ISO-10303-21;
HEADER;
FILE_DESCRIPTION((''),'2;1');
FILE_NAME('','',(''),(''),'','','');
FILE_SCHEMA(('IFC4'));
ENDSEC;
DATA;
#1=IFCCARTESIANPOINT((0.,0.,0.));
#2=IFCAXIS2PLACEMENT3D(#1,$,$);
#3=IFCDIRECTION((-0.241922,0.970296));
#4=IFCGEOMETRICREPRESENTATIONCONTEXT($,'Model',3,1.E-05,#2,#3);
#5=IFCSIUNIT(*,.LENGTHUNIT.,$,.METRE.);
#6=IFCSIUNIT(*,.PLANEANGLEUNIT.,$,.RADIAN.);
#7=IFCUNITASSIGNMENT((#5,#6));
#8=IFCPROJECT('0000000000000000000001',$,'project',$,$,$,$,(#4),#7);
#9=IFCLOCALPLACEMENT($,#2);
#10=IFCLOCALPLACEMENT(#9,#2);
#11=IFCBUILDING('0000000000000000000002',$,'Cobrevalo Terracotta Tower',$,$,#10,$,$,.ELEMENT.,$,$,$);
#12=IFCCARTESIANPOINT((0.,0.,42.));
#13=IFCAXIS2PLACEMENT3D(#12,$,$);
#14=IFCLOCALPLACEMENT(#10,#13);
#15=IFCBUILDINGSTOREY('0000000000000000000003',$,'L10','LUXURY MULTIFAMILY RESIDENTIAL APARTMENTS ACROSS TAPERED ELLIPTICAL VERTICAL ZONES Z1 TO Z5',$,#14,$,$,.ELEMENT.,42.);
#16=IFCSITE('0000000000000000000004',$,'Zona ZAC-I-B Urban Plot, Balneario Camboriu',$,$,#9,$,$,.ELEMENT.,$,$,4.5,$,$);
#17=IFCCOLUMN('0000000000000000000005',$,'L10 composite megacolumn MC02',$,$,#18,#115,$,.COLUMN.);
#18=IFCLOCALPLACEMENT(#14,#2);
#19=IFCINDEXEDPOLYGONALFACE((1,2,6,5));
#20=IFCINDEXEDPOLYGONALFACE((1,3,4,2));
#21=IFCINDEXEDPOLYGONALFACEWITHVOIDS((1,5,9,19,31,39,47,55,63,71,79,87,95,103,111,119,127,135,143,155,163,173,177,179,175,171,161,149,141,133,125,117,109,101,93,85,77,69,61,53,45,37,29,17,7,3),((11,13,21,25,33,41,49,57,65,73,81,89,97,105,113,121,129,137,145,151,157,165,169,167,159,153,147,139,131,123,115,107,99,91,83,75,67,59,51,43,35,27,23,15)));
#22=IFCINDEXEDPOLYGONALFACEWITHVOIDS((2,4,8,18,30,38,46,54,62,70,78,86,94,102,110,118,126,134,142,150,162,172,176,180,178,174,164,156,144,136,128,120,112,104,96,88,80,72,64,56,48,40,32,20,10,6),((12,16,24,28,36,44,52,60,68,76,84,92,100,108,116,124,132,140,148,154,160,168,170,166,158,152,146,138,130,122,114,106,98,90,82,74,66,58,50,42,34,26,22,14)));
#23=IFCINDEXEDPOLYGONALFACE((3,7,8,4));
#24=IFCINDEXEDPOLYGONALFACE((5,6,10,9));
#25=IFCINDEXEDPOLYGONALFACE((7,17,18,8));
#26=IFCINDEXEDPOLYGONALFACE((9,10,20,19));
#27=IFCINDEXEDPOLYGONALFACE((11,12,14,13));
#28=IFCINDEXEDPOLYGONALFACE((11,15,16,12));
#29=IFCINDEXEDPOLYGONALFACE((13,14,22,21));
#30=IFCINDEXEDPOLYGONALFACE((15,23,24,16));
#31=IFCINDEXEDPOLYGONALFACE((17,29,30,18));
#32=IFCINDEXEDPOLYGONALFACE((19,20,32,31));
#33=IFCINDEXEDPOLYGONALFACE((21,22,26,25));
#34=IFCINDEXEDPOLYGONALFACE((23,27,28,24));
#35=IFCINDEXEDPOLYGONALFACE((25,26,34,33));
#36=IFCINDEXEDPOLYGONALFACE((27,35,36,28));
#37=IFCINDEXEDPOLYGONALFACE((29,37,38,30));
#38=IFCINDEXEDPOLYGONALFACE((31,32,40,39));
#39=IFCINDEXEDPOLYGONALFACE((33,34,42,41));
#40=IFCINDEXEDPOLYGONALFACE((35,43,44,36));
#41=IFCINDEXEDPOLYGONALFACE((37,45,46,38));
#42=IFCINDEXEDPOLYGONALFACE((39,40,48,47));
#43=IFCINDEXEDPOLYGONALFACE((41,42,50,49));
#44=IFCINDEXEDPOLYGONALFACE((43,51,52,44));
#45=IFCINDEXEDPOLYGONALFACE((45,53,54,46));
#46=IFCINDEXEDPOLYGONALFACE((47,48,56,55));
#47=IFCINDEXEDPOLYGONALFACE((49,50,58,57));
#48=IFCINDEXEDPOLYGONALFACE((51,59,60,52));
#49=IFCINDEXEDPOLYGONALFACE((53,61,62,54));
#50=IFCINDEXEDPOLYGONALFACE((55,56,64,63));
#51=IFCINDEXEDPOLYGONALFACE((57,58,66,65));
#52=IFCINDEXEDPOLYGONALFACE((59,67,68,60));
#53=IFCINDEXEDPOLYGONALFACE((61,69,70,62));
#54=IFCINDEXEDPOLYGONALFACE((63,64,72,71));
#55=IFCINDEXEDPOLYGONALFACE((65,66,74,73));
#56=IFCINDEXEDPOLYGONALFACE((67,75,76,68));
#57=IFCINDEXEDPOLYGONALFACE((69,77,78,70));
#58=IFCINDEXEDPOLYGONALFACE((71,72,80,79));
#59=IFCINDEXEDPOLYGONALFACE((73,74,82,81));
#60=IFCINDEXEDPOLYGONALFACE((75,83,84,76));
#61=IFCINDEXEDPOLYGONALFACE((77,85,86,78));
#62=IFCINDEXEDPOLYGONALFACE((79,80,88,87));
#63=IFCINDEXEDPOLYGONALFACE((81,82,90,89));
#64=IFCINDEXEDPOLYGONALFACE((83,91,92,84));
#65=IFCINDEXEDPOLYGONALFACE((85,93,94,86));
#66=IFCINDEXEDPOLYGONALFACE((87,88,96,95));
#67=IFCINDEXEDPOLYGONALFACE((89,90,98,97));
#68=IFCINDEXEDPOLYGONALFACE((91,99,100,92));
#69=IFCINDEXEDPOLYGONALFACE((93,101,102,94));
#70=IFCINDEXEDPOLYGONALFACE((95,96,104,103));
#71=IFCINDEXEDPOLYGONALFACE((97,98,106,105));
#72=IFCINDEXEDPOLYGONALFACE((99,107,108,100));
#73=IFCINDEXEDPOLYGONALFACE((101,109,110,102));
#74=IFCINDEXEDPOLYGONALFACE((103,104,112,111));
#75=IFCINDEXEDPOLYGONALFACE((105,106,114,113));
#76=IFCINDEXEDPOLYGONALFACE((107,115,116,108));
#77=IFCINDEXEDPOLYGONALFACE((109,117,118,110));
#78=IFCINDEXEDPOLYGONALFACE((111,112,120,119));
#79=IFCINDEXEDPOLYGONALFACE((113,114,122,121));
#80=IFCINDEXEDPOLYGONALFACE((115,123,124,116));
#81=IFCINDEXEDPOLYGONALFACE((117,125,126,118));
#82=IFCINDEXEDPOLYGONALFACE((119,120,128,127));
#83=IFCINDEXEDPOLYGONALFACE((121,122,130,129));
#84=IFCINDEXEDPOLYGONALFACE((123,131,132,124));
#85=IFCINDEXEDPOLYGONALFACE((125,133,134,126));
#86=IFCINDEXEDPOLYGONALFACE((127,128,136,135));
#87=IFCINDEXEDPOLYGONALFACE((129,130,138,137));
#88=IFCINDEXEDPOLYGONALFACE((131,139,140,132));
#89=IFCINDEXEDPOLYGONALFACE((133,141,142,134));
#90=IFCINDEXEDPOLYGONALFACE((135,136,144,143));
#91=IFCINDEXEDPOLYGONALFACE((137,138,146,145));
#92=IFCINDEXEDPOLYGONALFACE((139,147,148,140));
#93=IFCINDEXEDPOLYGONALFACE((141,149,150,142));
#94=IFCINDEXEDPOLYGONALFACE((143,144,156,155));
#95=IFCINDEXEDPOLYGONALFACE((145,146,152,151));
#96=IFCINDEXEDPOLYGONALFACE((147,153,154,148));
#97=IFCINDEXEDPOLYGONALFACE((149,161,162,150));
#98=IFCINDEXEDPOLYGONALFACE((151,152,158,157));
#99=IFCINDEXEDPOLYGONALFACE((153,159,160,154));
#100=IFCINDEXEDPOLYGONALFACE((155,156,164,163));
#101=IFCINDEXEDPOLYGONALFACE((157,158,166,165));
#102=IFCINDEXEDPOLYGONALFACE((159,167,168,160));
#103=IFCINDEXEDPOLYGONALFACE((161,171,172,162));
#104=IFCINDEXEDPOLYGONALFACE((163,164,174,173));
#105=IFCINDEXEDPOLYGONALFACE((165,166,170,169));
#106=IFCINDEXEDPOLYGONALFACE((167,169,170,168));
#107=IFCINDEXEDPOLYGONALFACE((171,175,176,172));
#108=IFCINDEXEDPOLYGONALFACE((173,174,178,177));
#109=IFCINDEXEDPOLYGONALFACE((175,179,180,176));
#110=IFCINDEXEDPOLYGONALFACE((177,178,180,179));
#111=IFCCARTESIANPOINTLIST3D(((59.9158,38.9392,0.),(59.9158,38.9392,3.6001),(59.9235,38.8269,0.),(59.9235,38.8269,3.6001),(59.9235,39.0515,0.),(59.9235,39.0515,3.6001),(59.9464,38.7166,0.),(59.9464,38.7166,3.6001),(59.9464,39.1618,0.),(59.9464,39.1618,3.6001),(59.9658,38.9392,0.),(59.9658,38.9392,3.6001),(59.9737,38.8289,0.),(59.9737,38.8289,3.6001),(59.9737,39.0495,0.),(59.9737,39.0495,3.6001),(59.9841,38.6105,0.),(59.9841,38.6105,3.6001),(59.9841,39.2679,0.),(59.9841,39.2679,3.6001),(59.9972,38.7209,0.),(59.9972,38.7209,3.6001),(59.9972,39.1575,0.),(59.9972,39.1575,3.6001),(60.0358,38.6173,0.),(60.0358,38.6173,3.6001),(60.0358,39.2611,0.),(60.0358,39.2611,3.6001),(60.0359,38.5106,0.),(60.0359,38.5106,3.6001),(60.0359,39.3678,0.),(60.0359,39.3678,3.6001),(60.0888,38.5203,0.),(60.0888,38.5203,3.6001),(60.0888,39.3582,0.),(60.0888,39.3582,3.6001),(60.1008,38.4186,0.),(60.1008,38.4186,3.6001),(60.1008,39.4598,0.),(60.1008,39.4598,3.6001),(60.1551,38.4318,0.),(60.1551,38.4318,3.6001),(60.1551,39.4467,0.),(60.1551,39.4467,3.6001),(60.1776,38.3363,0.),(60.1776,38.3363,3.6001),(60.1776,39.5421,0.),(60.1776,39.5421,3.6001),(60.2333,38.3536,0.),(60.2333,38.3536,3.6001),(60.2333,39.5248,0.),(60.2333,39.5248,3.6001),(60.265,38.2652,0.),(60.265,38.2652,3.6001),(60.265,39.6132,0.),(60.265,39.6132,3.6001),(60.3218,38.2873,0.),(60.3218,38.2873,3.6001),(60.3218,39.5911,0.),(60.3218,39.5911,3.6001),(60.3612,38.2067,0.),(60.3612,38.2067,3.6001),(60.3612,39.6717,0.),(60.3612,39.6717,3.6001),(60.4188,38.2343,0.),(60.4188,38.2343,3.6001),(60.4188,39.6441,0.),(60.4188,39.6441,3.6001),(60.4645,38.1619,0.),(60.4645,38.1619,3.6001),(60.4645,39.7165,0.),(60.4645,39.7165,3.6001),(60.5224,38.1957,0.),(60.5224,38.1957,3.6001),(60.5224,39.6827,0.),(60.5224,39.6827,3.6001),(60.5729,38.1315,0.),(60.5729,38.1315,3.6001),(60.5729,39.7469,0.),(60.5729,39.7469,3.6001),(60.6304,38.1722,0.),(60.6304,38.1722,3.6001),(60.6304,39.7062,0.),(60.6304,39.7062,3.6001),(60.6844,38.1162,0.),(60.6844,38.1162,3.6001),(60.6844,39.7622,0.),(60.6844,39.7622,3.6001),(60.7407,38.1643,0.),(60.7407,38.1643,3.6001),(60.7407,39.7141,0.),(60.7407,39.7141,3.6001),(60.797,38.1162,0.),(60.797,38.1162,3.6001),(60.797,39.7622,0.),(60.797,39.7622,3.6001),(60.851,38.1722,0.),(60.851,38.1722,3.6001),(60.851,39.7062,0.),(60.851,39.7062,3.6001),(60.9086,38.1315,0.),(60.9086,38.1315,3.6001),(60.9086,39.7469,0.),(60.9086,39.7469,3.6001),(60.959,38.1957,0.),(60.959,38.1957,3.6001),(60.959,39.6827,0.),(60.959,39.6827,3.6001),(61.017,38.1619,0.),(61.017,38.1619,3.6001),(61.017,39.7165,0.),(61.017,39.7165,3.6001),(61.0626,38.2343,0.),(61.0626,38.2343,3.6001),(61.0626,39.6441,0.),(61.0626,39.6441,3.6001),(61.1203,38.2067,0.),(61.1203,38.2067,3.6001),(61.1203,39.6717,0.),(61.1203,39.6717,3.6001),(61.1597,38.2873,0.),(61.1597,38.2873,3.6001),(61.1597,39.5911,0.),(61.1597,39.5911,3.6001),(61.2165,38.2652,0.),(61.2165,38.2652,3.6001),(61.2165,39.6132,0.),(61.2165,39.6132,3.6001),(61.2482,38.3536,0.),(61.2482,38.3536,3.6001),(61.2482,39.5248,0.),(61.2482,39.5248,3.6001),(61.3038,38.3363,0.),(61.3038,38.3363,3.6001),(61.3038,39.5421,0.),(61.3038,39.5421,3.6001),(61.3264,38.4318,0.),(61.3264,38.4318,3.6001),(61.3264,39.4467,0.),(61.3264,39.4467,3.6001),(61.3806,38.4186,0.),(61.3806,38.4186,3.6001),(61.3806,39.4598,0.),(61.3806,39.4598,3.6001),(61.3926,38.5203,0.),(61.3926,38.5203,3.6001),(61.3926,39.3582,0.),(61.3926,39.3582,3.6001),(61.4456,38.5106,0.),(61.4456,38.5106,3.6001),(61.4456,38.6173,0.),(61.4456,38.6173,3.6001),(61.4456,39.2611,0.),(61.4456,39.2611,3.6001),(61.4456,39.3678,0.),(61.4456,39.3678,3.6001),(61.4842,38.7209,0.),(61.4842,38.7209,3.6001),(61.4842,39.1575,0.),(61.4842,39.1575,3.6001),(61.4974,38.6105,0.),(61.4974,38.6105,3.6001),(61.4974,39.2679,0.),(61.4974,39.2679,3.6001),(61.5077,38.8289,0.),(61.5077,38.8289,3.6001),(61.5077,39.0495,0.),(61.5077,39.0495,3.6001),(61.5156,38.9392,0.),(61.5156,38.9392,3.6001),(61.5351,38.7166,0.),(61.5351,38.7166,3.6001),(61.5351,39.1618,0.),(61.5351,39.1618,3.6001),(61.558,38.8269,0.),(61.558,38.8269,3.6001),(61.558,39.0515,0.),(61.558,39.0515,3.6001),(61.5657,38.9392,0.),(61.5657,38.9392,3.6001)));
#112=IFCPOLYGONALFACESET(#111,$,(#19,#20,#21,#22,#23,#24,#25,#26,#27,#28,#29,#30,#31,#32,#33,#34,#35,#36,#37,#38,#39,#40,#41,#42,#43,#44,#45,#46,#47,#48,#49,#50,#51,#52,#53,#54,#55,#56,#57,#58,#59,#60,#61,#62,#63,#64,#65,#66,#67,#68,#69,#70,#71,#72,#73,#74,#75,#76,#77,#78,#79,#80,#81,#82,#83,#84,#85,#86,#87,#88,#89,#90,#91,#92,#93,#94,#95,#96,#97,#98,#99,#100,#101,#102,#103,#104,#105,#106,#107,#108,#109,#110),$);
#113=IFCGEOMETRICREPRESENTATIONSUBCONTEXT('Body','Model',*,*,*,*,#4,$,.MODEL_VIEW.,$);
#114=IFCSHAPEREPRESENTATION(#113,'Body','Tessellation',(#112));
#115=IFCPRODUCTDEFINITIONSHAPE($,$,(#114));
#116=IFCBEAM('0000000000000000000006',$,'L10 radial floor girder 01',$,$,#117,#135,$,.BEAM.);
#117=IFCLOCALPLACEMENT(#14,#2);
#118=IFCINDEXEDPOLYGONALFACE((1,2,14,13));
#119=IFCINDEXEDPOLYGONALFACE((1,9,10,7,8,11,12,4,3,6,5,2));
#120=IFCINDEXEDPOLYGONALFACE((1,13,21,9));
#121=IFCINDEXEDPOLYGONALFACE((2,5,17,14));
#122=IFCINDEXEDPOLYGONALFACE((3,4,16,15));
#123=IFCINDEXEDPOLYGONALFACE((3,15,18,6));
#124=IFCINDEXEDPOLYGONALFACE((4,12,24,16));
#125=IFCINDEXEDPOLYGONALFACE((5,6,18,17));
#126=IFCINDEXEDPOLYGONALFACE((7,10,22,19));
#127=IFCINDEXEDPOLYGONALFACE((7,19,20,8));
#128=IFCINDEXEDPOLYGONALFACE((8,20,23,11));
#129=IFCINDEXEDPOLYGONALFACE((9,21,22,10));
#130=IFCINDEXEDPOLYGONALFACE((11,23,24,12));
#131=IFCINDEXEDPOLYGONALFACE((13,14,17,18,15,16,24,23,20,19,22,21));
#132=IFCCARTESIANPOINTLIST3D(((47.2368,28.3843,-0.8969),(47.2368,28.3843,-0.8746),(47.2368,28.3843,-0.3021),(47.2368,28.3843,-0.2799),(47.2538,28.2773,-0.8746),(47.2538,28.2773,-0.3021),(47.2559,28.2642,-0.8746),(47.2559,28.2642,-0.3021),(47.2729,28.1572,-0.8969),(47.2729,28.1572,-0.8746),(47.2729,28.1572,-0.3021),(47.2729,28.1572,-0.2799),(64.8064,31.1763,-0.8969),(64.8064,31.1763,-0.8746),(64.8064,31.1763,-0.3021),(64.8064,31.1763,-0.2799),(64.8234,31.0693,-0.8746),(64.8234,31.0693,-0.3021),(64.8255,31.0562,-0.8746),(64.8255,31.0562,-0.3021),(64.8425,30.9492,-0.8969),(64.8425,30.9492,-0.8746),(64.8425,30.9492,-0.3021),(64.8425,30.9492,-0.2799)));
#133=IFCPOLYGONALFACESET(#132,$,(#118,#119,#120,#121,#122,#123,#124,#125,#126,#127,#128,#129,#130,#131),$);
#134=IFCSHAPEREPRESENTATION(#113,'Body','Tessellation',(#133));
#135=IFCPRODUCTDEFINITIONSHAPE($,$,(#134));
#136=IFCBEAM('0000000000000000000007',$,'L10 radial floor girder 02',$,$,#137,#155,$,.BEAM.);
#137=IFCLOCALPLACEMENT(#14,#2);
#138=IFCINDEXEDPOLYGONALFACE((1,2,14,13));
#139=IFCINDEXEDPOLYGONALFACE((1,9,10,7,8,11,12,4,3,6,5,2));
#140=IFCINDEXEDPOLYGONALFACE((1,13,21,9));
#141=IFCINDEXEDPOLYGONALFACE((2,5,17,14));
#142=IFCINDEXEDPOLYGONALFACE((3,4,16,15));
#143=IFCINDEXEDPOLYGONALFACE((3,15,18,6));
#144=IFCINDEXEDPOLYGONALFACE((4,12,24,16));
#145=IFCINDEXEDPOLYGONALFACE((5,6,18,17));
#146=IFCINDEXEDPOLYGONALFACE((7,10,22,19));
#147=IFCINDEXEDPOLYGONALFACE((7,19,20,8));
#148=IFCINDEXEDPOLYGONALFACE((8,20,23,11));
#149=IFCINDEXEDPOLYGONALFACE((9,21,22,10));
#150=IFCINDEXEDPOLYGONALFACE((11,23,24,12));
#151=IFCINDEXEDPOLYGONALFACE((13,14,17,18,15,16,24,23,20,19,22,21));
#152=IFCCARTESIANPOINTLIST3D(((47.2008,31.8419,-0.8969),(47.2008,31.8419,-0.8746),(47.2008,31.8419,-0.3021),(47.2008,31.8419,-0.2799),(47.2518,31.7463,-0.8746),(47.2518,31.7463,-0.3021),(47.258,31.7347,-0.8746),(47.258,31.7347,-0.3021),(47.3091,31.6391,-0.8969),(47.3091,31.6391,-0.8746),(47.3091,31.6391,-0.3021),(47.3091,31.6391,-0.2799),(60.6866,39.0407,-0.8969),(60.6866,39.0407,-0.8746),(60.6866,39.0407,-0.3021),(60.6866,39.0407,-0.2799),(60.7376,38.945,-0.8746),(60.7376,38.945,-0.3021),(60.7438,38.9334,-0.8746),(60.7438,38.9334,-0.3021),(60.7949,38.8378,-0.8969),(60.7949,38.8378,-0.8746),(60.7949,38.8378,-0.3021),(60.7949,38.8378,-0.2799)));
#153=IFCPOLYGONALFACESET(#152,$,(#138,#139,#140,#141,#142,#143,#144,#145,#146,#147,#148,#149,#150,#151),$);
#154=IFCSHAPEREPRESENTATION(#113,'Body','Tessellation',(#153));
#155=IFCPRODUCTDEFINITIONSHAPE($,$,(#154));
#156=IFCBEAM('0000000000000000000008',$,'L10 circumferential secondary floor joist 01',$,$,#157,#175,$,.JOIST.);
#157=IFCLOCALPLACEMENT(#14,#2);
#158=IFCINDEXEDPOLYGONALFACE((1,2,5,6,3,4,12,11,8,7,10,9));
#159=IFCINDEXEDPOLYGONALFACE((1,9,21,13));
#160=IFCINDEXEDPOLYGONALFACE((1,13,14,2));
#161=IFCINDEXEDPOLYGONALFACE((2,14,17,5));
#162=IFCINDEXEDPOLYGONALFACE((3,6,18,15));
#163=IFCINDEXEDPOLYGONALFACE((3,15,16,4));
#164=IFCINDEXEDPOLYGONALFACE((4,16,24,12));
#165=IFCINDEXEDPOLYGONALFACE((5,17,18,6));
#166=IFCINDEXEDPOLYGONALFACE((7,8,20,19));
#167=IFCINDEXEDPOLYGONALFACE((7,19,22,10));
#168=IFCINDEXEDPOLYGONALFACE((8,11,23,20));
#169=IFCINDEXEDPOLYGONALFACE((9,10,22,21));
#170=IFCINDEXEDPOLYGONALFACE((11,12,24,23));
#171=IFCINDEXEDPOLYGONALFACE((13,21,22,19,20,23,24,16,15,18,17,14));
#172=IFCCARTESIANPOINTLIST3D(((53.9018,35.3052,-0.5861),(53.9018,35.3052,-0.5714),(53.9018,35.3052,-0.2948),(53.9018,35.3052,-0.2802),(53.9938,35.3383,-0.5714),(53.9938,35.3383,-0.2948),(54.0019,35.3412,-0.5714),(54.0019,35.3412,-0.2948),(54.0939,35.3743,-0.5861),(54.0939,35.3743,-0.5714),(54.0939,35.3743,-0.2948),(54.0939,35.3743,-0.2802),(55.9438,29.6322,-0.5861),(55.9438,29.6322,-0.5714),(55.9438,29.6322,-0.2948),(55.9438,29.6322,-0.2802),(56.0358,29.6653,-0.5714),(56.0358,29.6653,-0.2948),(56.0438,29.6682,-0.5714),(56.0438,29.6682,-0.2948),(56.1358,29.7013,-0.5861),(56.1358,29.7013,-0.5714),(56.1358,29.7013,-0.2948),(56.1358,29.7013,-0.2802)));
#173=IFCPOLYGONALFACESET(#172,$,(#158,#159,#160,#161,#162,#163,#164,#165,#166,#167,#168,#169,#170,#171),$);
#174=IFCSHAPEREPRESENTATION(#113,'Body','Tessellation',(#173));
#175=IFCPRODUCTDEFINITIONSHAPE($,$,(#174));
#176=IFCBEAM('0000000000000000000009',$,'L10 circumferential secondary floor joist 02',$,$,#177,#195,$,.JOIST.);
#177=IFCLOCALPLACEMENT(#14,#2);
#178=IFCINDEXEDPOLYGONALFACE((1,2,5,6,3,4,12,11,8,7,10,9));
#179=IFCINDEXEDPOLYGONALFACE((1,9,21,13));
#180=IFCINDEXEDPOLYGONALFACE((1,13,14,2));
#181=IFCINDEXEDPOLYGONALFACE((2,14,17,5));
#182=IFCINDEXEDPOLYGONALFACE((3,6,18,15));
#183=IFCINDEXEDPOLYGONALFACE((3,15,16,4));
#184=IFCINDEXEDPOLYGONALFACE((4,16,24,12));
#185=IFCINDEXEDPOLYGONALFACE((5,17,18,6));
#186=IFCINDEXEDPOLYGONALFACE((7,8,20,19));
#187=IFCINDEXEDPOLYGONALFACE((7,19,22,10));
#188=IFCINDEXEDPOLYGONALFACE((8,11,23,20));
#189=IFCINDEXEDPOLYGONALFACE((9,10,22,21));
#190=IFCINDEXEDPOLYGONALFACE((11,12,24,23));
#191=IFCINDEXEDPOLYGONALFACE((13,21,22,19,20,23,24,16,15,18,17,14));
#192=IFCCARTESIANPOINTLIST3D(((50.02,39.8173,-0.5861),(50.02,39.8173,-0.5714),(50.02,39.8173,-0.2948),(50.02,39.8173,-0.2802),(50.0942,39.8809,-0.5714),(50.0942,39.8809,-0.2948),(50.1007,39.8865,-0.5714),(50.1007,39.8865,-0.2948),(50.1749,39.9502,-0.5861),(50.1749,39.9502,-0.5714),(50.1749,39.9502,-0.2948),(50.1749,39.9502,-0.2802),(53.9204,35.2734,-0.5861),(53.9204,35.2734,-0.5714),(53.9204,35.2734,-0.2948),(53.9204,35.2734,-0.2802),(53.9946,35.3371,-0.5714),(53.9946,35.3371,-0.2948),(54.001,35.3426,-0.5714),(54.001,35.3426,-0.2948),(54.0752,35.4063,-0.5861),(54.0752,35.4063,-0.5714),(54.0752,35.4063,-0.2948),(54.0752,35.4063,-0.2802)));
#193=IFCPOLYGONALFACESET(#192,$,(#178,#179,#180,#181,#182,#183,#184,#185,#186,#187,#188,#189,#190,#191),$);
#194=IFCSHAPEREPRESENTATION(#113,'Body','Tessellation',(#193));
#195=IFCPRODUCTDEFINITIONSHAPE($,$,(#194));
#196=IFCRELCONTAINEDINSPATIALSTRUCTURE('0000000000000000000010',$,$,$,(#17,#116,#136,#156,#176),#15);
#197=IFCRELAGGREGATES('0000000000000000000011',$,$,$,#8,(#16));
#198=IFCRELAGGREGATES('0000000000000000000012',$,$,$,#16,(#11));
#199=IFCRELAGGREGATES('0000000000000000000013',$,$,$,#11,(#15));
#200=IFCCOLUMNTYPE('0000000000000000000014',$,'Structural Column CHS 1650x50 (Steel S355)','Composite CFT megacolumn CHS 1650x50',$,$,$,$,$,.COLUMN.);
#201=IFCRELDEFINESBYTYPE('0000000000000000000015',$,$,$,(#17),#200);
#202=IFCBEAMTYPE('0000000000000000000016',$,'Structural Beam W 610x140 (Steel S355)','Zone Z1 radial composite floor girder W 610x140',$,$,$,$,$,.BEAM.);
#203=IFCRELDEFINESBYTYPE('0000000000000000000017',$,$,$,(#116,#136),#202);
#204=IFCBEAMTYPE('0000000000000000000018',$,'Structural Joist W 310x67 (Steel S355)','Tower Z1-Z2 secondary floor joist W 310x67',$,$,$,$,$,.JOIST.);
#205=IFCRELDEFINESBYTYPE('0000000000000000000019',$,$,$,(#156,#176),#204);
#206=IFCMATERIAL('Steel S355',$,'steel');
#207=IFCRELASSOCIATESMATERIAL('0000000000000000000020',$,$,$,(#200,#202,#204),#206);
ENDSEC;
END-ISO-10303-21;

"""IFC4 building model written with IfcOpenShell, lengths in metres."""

from ifc_helpers import new_model, si_unit, direction, frame, origin, origin_2d, place, context, subcontext, project, spatial, hollow_circle, i_section, extrude, material, material_profile, profile_set, type_object, element, save


model = new_model("IFC4")

# Units and contexts
model_context = context("Model", 3, precision=1e-05, world=origin(), true_north=direction((-0.241922, 0.970296)))
body_context = subcontext(model_context, "Body", "Model", "MODEL_VIEW")
ifc_project = project(units=[si_unit("LENGTHUNIT", "METRE"), si_unit("PLANEANGLEUNIT", "RADIAN")], contexts=[model_context])

# Site, building, storey
site_placement = place(None, origin())
site = spatial("IfcSite", under=ifc_project, at=site_placement, Name="Zona ZAC-I-B Urban Plot, Balneario Camboriu", CompositionType="ELEMENT", RefElevation=4.5)
building_placement = place(site_placement, origin())
building = spatial("IfcBuilding", under=site, at=building_placement, Name="Cobrevalo Terracotta Tower", CompositionType="ELEMENT")
storey_placement = place(building_placement, frame((0.0, 0.0, 42.0)))
storey = spatial("IfcBuildingStorey", under=building, at=storey_placement, Name="L10", Description="LUXURY MULTIFAMILY RESIDENTIAL APARTMENTS ACROSS TAPERED ELLIPTICAL VERTICAL ZONES Z1 TO Z5", CompositionType="ELEMENT", Elevation=42.0)

# Column
ifc_material_1 = material(Name="Steel S355", Category="steel")
ifc_material_profile_1 = material_profile(ifc_material_1, hollow_circle(Radius=0.825, WallThickness=0.05, at=origin_2d()), Name="CHS 1650x50")
ifc_profile_set_1 = profile_set([ifc_material_profile_1], Name="Steel S355")
column_type = type_object("IfcColumnType", Name="Structural Column CHS 1650x50 (Steel S355)", Description="Composite CFT megacolumn CHS 1650x50", PredefinedType="COLUMN", material=ifc_profile_set_1)
for number, where, z_axis, x_axis, name in (
    (1, (60.7407, 38.9392, 0.0), (0.0, 0.0, 1.0), (1.0, 0.0, 0.0), "L10 composite megacolumn MC02"),
):
    element("IfcColumn", number, at=place(storey_placement, frame(where, z_axis=z_axis, x_axis=x_axis)), inside=storey, type_object=column_type, Name=name, PredefinedType="COLUMN", context=body_context, shape_type="SweptSolid", body=[
        extrude(hollow_circle(Radius=0.825, WallThickness=0.05, at=origin_2d()), origin(), (0.0, 0.0, 1.0), 3.6001),
    ])

# Beams
ifc_material_profile_2 = material_profile(ifc_material_1, i_section(OverallWidth=0.23, OverallDepth=0.6169, WebThickness=0.0132, FlangeThickness=0.0222, at=origin_2d()), Name="W 610x140")
ifc_profile_set_2 = profile_set([ifc_material_profile_2], Name="Steel S355")
beam_type_1 = type_object("IfcBeamType", Name="Structural Beam W 610x140 (Steel S355)", Description="Zone Z1 radial composite floor girder W 610x140", PredefinedType="BEAM", material=ifc_profile_set_2)
beam_1_placement = place(storey_placement, frame((64.8245, 31.0627, -0.5884), z_axis=(-0.987608, -0.156941, 0.0), x_axis=(0.156941, -0.987608, 0.0)))
element("IfcBeam", 2, at=beam_1_placement, inside=storey, type_object=beam_type_1, Name="L10 radial floor girder 01", PredefinedType="BEAM", context=body_context, shape_type="SweptSolid", body=[
    extrude(i_section(OverallWidth=0.23, OverallDepth=0.6169, WebThickness=0.0132, FlangeThickness=0.0222, at=origin_2d()), origin(), (0.0, 0.0, 1.0), 17.79),
])
beam_2_placement = place(storey_placement, frame((60.7407, 38.9392, -0.5884), z_axis=(-0.882182, -0.470908, 0.0), x_axis=(0.470908, -0.882182, 0.0)))
element("IfcBeam", 3, at=beam_2_placement, inside=storey, type_object=beam_type_1, Name="L10 radial floor girder 02", PredefinedType="BEAM", context=body_context, shape_type="SweptSolid", body=[
    extrude(i_section(OverallWidth=0.23, OverallDepth=0.6169, WebThickness=0.0132, FlangeThickness=0.0222, at=origin_2d()), origin(), (0.0, 0.0, 1.0), 15.2869),
])
ifc_material_profile_3 = material_profile(ifc_material_1, i_section(OverallWidth=0.2041, OverallDepth=0.3059, WebThickness=0.0085, FlangeThickness=0.0146, at=origin_2d()), Name="W 310x67")
ifc_profile_set_3 = profile_set([ifc_material_profile_3], Name="Steel S355")
beam_type_2 = type_object("IfcBeamType", Name="Structural Joist W 310x67 (Steel S355)", Description="Tower Z1-Z2 secondary floor joist W 310x67", PredefinedType="JOIST", material=ifc_profile_set_3)
beam_3_placement = place(storey_placement, frame((56.0398, 29.6667, -0.4331), z_axis=(-0.338672, 0.940904, 0.0), x_axis=(-0.940904, -0.338672, 0.0)))
element("IfcBeam", 4, at=beam_3_placement, inside=storey, type_object=beam_type_2, Name="L10 circumferential secondary floor joist 01", PredefinedType="JOIST", context=body_context, shape_type="SweptSolid", body=[
    extrude(i_section(OverallWidth=0.2041, OverallDepth=0.3059, WebThickness=0.0085, FlangeThickness=0.0146, at=origin_2d()), origin(), (0.0, 0.0, 1.0), 6.0293),
])
beam_4_placement = place(storey_placement, frame((53.9978, 35.3398, -0.4331), z_axis=(-0.651328, 0.758796, 0.0), x_axis=(-0.758796, -0.651328, 0.0)))
element("IfcBeam", 5, at=beam_4_placement, inside=storey, type_object=beam_type_2, Name="L10 circumferential secondary floor joist 02", PredefinedType="JOIST", context=body_context, shape_type="SweptSolid", body=[
    extrude(i_section(OverallWidth=0.2041, OverallDepth=0.3059, WebThickness=0.0085, FlangeThickness=0.0146, at=origin_2d()), origin(), (0.0, 0.0, 1.0), 5.9883),
])

save(model, "model.ifc")
